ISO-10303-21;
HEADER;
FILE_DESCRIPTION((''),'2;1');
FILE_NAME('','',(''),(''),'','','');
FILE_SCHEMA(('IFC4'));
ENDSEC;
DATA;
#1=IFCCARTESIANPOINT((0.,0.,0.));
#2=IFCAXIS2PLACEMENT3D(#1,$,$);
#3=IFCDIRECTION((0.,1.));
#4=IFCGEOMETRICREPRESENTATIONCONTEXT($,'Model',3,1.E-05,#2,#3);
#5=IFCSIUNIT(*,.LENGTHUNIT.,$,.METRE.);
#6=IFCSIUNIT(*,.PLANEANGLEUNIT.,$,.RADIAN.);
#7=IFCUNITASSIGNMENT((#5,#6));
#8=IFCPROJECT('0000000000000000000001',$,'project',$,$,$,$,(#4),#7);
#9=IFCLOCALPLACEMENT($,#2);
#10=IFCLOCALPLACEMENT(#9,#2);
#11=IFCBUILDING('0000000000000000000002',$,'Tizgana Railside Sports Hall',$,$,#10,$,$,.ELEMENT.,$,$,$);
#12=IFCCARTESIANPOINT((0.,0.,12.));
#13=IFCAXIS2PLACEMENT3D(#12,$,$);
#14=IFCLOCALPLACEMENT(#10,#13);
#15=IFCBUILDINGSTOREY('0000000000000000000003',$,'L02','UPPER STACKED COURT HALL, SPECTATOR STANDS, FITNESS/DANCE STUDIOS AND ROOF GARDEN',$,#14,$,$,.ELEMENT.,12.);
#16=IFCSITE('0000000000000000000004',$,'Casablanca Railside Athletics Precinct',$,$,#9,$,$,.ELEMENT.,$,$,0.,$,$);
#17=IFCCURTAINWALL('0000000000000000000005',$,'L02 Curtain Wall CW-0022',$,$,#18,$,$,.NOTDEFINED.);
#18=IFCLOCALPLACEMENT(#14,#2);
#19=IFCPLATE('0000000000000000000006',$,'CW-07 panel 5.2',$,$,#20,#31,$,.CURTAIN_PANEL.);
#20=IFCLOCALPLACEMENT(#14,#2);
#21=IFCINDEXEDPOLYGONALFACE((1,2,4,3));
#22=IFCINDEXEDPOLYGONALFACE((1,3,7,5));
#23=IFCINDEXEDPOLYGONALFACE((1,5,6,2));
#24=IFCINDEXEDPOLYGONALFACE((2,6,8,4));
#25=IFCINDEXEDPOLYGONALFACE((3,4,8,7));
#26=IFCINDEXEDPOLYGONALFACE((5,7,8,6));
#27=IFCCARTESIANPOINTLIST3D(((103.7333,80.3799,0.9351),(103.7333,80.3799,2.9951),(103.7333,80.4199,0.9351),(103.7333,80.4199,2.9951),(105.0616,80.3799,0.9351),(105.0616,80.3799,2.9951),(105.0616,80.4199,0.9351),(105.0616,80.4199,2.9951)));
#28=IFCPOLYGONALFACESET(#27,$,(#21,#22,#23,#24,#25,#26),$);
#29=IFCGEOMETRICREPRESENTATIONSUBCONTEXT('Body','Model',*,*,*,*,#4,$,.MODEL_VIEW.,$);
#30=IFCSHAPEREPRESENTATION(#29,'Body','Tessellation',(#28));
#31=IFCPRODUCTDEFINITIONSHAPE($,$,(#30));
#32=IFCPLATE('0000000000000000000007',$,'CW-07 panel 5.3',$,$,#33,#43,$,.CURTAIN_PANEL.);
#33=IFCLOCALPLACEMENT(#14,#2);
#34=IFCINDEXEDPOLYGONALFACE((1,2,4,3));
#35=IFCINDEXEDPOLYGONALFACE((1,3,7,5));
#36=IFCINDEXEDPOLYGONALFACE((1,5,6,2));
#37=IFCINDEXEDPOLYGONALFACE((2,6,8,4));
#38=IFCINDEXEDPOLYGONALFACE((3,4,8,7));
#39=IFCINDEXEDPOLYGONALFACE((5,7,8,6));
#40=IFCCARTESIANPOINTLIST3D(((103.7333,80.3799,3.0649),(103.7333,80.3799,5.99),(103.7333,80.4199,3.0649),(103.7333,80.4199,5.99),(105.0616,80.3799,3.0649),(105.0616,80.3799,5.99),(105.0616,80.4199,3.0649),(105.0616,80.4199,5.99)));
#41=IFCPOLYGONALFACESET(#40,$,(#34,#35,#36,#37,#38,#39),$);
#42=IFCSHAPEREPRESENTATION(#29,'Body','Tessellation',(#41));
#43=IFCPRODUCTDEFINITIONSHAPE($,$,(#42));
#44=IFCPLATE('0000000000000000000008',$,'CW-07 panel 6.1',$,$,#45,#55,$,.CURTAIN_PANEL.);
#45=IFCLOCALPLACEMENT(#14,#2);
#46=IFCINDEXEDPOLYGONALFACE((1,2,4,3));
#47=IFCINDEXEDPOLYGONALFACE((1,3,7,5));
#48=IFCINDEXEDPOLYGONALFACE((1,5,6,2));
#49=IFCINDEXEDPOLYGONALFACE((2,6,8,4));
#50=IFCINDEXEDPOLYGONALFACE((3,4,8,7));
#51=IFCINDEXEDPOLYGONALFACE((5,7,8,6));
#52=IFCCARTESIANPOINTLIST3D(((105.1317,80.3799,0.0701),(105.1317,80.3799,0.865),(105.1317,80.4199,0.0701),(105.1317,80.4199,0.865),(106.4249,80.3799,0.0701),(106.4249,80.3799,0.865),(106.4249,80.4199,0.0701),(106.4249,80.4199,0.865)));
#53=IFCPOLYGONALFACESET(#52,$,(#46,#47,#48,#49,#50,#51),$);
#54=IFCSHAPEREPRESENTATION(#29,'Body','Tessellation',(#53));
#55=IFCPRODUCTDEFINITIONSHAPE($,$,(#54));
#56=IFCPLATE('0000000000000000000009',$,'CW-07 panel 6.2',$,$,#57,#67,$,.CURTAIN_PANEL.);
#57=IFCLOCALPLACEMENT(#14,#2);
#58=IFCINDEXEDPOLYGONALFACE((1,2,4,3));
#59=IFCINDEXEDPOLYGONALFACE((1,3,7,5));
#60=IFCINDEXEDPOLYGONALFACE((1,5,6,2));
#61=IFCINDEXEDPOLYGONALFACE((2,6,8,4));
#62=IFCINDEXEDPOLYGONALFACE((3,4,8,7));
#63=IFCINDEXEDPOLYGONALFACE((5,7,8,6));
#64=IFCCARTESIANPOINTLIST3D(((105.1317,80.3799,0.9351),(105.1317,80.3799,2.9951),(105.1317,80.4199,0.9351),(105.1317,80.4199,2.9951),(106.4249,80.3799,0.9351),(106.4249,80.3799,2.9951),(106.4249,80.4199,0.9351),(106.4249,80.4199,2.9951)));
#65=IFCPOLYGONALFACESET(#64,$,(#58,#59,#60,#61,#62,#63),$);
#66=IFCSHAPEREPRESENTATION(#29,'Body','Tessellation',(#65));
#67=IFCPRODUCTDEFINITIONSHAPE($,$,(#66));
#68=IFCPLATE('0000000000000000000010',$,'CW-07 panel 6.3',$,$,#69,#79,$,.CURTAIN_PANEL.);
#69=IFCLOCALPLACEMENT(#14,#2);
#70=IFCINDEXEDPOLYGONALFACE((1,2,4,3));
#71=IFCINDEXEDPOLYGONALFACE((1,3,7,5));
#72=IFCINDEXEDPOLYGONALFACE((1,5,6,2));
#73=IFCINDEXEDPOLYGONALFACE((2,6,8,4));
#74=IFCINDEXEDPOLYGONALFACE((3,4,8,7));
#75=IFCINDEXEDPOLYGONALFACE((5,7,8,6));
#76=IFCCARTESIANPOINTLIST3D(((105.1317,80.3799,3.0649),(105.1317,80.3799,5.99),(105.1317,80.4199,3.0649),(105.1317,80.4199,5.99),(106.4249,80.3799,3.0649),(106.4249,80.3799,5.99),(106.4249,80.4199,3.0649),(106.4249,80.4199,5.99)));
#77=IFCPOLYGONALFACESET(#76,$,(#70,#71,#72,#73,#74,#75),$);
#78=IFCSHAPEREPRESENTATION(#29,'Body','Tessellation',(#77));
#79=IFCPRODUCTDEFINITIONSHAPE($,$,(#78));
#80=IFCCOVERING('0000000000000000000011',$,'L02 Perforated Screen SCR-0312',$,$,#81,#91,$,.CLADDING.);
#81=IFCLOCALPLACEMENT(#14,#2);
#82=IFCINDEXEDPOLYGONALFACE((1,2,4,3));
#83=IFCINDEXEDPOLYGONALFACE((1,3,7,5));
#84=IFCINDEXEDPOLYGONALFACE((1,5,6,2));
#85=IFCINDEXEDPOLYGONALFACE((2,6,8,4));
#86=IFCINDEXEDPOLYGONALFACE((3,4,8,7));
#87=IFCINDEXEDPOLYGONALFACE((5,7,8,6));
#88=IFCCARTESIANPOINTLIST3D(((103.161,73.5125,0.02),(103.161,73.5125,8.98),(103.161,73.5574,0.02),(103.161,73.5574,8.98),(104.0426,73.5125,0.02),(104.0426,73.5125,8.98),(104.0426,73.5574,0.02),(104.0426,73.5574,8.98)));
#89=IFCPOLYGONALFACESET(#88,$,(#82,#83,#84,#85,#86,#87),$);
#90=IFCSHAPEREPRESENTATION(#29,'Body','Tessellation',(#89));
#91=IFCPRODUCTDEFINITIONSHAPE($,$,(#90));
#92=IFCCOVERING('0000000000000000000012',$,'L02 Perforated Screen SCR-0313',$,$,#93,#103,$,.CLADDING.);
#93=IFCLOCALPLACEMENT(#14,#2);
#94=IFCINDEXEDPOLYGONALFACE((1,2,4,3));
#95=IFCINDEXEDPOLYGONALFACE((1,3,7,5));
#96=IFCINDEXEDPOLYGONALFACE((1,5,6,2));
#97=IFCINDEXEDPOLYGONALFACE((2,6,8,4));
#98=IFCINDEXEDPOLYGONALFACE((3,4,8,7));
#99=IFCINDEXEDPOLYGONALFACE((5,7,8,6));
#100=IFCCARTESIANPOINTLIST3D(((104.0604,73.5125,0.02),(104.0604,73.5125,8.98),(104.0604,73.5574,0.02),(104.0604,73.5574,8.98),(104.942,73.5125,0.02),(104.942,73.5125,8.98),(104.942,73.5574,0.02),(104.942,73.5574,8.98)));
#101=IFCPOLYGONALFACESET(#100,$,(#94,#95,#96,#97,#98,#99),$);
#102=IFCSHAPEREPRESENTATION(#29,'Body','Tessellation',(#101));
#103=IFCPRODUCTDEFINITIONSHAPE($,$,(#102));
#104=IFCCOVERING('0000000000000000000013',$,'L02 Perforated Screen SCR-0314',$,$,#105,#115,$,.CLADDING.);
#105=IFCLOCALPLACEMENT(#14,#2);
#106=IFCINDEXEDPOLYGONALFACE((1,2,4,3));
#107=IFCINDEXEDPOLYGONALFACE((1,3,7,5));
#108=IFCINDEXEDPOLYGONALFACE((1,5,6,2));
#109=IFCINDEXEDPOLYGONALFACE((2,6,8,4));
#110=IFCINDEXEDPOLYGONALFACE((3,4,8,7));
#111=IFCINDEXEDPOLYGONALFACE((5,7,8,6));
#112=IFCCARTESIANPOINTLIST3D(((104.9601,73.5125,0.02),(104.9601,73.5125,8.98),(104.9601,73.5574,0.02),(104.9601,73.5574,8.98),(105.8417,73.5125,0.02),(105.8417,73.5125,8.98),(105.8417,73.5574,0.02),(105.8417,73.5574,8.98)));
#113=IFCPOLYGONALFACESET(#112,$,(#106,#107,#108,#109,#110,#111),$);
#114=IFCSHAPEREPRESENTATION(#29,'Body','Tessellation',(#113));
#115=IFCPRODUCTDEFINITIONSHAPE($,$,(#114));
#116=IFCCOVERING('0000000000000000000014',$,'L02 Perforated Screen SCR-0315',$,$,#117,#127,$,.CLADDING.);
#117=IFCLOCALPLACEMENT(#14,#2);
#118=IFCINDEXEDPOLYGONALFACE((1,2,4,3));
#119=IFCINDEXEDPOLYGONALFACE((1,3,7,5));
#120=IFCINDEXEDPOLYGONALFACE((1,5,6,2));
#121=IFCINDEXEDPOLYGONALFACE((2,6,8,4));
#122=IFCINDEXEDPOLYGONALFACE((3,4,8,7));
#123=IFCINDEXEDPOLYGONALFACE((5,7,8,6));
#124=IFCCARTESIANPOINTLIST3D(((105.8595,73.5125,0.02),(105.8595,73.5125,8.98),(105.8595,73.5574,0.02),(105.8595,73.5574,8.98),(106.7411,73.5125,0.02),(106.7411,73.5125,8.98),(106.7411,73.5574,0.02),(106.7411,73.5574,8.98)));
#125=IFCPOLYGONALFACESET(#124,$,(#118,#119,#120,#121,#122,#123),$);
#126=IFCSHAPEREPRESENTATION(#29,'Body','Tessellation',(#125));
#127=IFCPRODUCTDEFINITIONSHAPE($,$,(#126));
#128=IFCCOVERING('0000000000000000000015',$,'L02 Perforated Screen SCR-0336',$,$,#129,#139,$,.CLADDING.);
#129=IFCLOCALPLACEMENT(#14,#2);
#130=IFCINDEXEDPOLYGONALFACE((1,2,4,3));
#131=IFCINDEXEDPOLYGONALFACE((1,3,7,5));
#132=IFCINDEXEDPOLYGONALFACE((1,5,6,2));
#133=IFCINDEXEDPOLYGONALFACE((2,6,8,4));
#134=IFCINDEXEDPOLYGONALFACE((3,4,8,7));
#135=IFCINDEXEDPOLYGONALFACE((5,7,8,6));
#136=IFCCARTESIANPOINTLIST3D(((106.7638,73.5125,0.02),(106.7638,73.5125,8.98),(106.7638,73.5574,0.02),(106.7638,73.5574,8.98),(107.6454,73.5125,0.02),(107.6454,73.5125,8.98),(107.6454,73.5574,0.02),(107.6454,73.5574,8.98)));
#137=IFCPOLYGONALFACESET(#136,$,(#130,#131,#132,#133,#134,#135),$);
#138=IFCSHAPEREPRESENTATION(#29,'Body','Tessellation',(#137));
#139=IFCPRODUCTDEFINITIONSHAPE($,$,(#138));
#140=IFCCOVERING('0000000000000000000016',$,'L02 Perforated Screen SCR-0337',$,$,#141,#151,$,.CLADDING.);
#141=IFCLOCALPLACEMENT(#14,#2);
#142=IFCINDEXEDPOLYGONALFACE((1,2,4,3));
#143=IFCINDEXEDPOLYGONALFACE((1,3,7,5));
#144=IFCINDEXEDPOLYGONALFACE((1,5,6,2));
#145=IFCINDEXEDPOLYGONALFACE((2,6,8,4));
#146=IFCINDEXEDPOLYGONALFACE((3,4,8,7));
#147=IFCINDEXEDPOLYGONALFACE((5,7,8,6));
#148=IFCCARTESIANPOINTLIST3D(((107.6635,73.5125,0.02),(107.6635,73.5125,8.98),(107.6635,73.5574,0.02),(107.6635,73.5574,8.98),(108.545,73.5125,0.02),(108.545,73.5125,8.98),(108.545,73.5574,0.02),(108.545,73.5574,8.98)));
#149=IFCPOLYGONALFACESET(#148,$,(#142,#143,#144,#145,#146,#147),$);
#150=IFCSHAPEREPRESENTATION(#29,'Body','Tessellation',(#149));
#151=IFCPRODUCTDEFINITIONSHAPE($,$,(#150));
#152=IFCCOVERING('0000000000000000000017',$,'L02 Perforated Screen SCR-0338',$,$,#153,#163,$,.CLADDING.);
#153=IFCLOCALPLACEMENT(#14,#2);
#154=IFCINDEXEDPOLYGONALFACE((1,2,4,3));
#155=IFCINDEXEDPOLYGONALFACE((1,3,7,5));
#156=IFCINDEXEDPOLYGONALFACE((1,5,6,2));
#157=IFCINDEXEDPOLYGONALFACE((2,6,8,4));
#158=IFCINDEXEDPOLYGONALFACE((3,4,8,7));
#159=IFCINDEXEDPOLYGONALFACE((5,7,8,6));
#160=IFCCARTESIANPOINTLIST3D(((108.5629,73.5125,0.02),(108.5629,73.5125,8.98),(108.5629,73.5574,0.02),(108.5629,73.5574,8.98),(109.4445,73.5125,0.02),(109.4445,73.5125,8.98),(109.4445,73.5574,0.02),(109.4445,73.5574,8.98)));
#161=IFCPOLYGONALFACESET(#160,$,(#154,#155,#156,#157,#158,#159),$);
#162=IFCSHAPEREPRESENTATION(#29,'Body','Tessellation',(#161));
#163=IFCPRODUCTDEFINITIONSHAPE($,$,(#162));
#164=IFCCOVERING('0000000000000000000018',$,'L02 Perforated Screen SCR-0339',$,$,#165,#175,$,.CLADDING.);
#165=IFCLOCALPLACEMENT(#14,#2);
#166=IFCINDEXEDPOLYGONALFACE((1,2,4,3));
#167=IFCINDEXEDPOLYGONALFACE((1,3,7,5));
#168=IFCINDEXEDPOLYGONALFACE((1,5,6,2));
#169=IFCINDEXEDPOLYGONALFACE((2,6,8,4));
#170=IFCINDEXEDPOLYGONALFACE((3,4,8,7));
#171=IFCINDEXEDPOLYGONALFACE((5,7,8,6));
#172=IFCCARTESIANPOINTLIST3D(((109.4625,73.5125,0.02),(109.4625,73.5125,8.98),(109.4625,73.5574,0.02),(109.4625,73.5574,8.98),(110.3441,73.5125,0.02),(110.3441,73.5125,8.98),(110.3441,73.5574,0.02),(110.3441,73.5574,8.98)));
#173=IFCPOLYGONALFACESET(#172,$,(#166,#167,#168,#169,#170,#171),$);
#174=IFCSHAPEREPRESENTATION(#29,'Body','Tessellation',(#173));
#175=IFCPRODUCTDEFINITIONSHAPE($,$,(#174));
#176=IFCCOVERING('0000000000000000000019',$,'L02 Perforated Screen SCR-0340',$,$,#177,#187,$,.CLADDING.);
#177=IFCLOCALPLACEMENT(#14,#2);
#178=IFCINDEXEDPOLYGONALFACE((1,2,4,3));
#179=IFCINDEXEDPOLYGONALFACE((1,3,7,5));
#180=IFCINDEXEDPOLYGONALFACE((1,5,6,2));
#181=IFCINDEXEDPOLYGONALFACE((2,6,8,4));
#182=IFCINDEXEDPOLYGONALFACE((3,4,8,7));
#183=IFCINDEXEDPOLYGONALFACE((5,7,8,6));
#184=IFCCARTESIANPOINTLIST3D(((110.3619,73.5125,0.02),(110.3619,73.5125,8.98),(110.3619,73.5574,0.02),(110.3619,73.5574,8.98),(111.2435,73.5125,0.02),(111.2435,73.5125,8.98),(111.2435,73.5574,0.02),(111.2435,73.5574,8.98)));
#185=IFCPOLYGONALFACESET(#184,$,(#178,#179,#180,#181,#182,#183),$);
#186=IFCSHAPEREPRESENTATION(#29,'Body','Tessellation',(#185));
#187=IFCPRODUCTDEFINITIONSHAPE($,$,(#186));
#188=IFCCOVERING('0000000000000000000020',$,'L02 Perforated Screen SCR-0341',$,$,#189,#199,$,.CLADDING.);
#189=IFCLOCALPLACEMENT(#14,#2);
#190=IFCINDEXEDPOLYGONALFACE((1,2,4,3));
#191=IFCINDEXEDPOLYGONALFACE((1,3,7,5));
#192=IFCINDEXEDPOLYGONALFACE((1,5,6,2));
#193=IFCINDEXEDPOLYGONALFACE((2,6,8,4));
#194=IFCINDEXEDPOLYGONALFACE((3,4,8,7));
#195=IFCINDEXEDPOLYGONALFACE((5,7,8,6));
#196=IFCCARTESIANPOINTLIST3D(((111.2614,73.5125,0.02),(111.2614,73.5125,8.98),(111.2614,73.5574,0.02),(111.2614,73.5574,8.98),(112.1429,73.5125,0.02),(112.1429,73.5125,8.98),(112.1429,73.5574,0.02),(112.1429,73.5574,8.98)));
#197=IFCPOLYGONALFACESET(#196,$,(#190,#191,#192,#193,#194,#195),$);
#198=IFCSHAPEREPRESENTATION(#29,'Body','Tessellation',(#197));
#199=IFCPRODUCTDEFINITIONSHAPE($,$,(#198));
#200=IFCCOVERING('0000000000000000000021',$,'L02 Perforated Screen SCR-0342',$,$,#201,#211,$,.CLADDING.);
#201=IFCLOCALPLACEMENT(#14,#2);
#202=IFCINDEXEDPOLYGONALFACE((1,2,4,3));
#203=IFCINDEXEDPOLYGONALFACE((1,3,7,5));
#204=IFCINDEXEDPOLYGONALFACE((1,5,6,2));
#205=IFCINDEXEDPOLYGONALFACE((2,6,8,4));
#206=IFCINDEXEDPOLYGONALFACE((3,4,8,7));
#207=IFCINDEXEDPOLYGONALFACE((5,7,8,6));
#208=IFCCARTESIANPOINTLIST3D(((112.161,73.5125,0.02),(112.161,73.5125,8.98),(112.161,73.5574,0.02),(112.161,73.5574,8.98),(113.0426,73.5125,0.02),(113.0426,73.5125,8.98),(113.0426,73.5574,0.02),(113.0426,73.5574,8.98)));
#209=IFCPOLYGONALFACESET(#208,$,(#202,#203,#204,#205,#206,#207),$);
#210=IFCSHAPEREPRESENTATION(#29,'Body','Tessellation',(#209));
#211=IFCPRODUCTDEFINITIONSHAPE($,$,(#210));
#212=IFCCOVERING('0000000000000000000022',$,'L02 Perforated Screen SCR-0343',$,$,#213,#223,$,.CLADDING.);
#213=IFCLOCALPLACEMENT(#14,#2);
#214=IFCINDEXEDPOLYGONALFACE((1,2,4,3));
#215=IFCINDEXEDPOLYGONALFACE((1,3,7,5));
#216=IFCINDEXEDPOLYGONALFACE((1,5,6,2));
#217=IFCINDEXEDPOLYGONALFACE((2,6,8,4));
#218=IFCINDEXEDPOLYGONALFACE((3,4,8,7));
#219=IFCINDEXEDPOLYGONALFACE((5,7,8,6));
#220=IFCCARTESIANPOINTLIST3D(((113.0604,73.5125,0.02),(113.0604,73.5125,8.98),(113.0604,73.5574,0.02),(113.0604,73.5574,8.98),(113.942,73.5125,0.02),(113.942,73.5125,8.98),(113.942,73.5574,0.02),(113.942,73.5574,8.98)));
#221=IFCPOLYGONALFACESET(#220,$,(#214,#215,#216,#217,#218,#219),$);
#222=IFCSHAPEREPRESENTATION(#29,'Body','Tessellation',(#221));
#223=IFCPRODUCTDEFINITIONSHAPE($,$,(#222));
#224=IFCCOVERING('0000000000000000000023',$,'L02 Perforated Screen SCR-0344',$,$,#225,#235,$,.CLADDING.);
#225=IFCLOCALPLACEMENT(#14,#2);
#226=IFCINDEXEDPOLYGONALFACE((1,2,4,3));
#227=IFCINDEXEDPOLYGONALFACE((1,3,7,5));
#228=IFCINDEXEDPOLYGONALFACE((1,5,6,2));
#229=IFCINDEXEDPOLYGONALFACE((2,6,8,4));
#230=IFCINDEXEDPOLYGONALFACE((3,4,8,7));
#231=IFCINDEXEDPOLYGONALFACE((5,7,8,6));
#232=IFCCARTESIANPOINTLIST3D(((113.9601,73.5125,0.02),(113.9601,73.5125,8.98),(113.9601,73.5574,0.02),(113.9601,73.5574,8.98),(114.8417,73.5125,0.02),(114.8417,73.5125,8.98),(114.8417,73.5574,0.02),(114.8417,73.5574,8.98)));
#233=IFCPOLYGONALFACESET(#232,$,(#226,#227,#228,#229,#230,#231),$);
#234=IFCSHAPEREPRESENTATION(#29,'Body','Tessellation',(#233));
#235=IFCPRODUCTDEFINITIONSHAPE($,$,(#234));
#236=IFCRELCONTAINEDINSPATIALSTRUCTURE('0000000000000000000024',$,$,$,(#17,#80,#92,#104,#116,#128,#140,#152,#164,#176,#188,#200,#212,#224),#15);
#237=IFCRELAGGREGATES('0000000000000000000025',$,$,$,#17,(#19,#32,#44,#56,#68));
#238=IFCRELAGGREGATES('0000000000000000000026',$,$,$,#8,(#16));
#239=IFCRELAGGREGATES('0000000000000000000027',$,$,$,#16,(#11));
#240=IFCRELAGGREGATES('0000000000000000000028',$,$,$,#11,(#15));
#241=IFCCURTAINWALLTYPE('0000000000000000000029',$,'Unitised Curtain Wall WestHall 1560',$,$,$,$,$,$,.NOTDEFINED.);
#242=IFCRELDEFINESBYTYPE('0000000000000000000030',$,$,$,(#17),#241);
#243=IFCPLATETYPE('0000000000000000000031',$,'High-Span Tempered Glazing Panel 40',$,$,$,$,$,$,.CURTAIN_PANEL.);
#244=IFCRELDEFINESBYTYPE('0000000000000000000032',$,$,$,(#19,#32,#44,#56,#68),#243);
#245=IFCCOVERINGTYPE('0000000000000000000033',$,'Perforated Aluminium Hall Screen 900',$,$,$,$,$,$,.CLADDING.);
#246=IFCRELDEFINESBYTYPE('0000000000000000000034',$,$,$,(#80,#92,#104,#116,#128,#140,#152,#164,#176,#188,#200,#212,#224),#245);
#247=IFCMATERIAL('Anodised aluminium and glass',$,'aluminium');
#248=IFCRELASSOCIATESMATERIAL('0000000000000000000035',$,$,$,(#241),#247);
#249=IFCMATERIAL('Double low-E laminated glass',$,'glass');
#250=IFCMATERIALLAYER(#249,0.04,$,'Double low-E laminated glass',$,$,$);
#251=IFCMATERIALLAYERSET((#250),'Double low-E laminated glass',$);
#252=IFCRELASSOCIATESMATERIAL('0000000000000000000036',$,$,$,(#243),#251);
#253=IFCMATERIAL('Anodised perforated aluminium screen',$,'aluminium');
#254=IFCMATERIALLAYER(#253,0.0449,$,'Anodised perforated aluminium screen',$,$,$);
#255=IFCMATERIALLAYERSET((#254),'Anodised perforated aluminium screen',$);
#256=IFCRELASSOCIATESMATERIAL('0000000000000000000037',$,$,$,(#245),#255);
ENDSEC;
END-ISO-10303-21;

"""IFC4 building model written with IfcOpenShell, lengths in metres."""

from ifc_helpers import new_model, si_unit, direction, frame, origin, origin_2d, place, context, subcontext, project, spatial, rectangle, extrude, material, layer, layer_set, type_object, element, aggregate, save


model = new_model("IFC4")

# Units and contexts
model_context = context("Model", 3, precision=1e-05, world=origin(), true_north=direction((0.0, 1.0)))
body_context = subcontext(model_context, "Body", "Model", "MODEL_VIEW")
ifc_project = project(units=[si_unit("LENGTHUNIT", "METRE"), si_unit("PLANEANGLEUNIT", "RADIAN")], contexts=[model_context])

# Site, building, storey
site_placement = place(None, origin())
site = spatial("IfcSite", under=ifc_project, at=site_placement, Name="Casablanca Railside Athletics Precinct", CompositionType="ELEMENT", RefElevation=0.0)
building_placement = place(site_placement, origin())
building = spatial("IfcBuilding", under=site, at=building_placement, Name="Tizgana Railside Sports Hall", CompositionType="ELEMENT")
storey_placement = place(building_placement, frame((0.0, 0.0, 12.0)))
storey = spatial("IfcBuildingStorey", under=building, at=storey_placement, Name="L02", Description="UPPER STACKED COURT HALL, SPECTATOR STANDS, FITNESS/DANCE STUDIOS AND ROOF GARDEN", CompositionType="ELEMENT", Elevation=12.0)

# Curtain wall, plates
ifc_material_1 = material(Name="Anodised aluminium and glass", Category="aluminium")
curtain_wall_type = type_object("IfcCurtainWallType", Name="Unitised Curtain Wall WestHall 1560", PredefinedType="NOTDEFINED", material=ifc_material_1)
curtain_wall_placement = place(storey_placement, origin())
curtain_wall = element("IfcCurtainWall", 1, at=curtain_wall_placement, inside=storey, type_object=curtain_wall_type, Name="L02 Curtain Wall CW-0022", PredefinedType="NOTDEFINED")
ifc_material_2 = material(Name="Double low-E laminated glass", Category="glass")
ifc_layer_1 = layer(ifc_material_2, 0.04, Name="Double low-E laminated glass")
ifc_layer_set_1 = layer_set([ifc_layer_1], Name="Double low-E laminated glass")
plate_type = type_object("IfcPlateType", Name="High-Span Tempered Glazing Panel 40", PredefinedType="CURTAIN_PANEL", material=ifc_layer_set_1)
plate_1_placement = place(storey_placement, frame((104.3975, 80.3999, 0.9351), z_axis=(0.0, 0.0, 1.0), x_axis=(1.0, 0.0, 0.0)))
plate_1 = element("IfcPlate", 2, at=plate_1_placement, type_object=plate_type, Name="CW-07 panel 5.2", PredefinedType="CURTAIN_PANEL", context=body_context, shape_type="SweptSolid", body=[
    extrude(rectangle(XDim=1.3284, YDim=0.04, at=origin_2d()), origin(), (0.0, 0.0, 1.0), 2.0601),
])
plate_2_placement = place(storey_placement, frame((104.3975, 80.3999, 3.0649), z_axis=(0.0, 0.0, 1.0), x_axis=(1.0, 0.0, 0.0)))
plate_2 = element("IfcPlate", 3, at=plate_2_placement, type_object=plate_type, Name="CW-07 panel 5.3", PredefinedType="CURTAIN_PANEL", context=body_context, shape_type="SweptSolid", body=[
    extrude(rectangle(XDim=1.3284, YDim=0.04, at=origin_2d()), origin(), (0.0, 0.0, 1.0), 2.925),
])
plate_3_placement = place(storey_placement, frame((105.7783, 80.3999, 0.0701), z_axis=(0.0, 0.0, 1.0), x_axis=(1.0, 0.0, 0.0)))
plate_3 = element("IfcPlate", 4, at=plate_3_placement, type_object=plate_type, Name="CW-07 panel 6.1", PredefinedType="CURTAIN_PANEL", context=body_context, shape_type="SweptSolid", body=[
    extrude(rectangle(XDim=1.2932, YDim=0.04, at=origin_2d()), origin(), (0.0, 0.0, 1.0), 0.7949),
])
plate_4_placement = place(storey_placement, frame((105.7783, 80.3999, 0.9351), z_axis=(0.0, 0.0, 1.0), x_axis=(1.0, 0.0, 0.0)))
plate_4 = element("IfcPlate", 5, at=plate_4_placement, type_object=plate_type, Name="CW-07 panel 6.2", PredefinedType="CURTAIN_PANEL", context=body_context, shape_type="SweptSolid", body=[
    extrude(rectangle(XDim=1.2932, YDim=0.04, at=origin_2d()), origin(), (0.0, 0.0, 1.0), 2.0601),
])
plate_5_placement = place(storey_placement, frame((105.7783, 80.3999, 3.0649), z_axis=(0.0, 0.0, 1.0), x_axis=(1.0, 0.0, 0.0)))
plate_5 = element("IfcPlate", 6, at=plate_5_placement, type_object=plate_type, Name="CW-07 panel 6.3", PredefinedType="CURTAIN_PANEL", context=body_context, shape_type="SweptSolid", body=[
    extrude(rectangle(XDim=1.2932, YDim=0.04, at=origin_2d()), origin(), (0.0, 0.0, 1.0), 2.925),
])
aggregate(curtain_wall, [plate_1, plate_2, plate_3, plate_4, plate_5])

# Coverings
ifc_material_3 = material(Name="Anodised perforated aluminium screen", Category="aluminium")
ifc_layer_2 = layer(ifc_material_3, 0.0449, Name="Anodised perforated aluminium screen")
ifc_layer_set_2 = layer_set([ifc_layer_2], Name="Anodised perforated aluminium screen")
covering_type = type_object("IfcCoveringType", Name="Perforated Aluminium Hall Screen 900", PredefinedType="CLADDING", material=ifc_layer_set_2)
for number, where, z_axis, x_axis, name in (
    (7, (103.6018, 73.5349, 0.02), (0.0, 0.0, 1.0), (1.0, 0.0, 0.0), "L02 Perforated Screen SCR-0312"),
    (8, (104.5012, 73.5349, 0.02), (0.0, 0.0, 1.0), (1.0, 0.0, 0.0), "L02 Perforated Screen SCR-0313"),
    (9, (105.4009, 73.5349, 0.02), (0.0, 0.0, 1.0), (1.0, 0.0, 0.0), "L02 Perforated Screen SCR-0314"),
    (10, (106.3003, 73.5349, 0.02), (0.0, 0.0, 1.0), (1.0, 0.0, 0.0), "L02 Perforated Screen SCR-0315"),
    (11, (107.2046, 73.5349, 0.02), (0.0, 0.0, 1.0), (1.0, 0.0, 0.0), "L02 Perforated Screen SCR-0336"),
    (12, (108.1042, 73.5349, 0.02), (0.0, 0.0, 1.0), (1.0, 0.0, 0.0), "L02 Perforated Screen SCR-0337"),
    (13, (109.0037, 73.5349, 0.02), (0.0, 0.0, 1.0), (1.0, 0.0, 0.0), "L02 Perforated Screen SCR-0338"),
    (14, (109.9033, 73.5349, 0.02), (0.0, 0.0, 1.0), (1.0, 0.0, 0.0), "L02 Perforated Screen SCR-0339"),
    (15, (110.8027, 73.5349, 0.02), (0.0, 0.0, 1.0), (1.0, 0.0, 0.0), "L02 Perforated Screen SCR-0340"),
    (16, (111.7021, 73.5349, 0.02), (0.0, 0.0, 1.0), (1.0, 0.0, 0.0), "L02 Perforated Screen SCR-0341"),
    (17, (112.6018, 73.5349, 0.02), (0.0, 0.0, 1.0), (1.0, 0.0, 0.0), "L02 Perforated Screen SCR-0342"),
    (18, (113.5012, 73.5349, 0.02), (0.0, 0.0, 1.0), (1.0, 0.0, 0.0), "L02 Perforated Screen SCR-0343"),
    (19, (114.4009, 73.5349, 0.02), (0.0, 0.0, 1.0), (1.0, 0.0, 0.0), "L02 Perforated Screen SCR-0344"),
):
    element("IfcCovering", number, at=place(storey_placement, frame(where, z_axis=z_axis, x_axis=x_axis)), inside=storey, type_object=covering_type, Name=name, PredefinedType="CLADDING", context=body_context, shape_type="SweptSolid", body=[
        extrude(rectangle(XDim=0.8816, YDim=0.0449, at=origin_2d()), origin(), (0.0, 0.0, 1.0), 8.96),
    ])

save(model, "model.ifc")
